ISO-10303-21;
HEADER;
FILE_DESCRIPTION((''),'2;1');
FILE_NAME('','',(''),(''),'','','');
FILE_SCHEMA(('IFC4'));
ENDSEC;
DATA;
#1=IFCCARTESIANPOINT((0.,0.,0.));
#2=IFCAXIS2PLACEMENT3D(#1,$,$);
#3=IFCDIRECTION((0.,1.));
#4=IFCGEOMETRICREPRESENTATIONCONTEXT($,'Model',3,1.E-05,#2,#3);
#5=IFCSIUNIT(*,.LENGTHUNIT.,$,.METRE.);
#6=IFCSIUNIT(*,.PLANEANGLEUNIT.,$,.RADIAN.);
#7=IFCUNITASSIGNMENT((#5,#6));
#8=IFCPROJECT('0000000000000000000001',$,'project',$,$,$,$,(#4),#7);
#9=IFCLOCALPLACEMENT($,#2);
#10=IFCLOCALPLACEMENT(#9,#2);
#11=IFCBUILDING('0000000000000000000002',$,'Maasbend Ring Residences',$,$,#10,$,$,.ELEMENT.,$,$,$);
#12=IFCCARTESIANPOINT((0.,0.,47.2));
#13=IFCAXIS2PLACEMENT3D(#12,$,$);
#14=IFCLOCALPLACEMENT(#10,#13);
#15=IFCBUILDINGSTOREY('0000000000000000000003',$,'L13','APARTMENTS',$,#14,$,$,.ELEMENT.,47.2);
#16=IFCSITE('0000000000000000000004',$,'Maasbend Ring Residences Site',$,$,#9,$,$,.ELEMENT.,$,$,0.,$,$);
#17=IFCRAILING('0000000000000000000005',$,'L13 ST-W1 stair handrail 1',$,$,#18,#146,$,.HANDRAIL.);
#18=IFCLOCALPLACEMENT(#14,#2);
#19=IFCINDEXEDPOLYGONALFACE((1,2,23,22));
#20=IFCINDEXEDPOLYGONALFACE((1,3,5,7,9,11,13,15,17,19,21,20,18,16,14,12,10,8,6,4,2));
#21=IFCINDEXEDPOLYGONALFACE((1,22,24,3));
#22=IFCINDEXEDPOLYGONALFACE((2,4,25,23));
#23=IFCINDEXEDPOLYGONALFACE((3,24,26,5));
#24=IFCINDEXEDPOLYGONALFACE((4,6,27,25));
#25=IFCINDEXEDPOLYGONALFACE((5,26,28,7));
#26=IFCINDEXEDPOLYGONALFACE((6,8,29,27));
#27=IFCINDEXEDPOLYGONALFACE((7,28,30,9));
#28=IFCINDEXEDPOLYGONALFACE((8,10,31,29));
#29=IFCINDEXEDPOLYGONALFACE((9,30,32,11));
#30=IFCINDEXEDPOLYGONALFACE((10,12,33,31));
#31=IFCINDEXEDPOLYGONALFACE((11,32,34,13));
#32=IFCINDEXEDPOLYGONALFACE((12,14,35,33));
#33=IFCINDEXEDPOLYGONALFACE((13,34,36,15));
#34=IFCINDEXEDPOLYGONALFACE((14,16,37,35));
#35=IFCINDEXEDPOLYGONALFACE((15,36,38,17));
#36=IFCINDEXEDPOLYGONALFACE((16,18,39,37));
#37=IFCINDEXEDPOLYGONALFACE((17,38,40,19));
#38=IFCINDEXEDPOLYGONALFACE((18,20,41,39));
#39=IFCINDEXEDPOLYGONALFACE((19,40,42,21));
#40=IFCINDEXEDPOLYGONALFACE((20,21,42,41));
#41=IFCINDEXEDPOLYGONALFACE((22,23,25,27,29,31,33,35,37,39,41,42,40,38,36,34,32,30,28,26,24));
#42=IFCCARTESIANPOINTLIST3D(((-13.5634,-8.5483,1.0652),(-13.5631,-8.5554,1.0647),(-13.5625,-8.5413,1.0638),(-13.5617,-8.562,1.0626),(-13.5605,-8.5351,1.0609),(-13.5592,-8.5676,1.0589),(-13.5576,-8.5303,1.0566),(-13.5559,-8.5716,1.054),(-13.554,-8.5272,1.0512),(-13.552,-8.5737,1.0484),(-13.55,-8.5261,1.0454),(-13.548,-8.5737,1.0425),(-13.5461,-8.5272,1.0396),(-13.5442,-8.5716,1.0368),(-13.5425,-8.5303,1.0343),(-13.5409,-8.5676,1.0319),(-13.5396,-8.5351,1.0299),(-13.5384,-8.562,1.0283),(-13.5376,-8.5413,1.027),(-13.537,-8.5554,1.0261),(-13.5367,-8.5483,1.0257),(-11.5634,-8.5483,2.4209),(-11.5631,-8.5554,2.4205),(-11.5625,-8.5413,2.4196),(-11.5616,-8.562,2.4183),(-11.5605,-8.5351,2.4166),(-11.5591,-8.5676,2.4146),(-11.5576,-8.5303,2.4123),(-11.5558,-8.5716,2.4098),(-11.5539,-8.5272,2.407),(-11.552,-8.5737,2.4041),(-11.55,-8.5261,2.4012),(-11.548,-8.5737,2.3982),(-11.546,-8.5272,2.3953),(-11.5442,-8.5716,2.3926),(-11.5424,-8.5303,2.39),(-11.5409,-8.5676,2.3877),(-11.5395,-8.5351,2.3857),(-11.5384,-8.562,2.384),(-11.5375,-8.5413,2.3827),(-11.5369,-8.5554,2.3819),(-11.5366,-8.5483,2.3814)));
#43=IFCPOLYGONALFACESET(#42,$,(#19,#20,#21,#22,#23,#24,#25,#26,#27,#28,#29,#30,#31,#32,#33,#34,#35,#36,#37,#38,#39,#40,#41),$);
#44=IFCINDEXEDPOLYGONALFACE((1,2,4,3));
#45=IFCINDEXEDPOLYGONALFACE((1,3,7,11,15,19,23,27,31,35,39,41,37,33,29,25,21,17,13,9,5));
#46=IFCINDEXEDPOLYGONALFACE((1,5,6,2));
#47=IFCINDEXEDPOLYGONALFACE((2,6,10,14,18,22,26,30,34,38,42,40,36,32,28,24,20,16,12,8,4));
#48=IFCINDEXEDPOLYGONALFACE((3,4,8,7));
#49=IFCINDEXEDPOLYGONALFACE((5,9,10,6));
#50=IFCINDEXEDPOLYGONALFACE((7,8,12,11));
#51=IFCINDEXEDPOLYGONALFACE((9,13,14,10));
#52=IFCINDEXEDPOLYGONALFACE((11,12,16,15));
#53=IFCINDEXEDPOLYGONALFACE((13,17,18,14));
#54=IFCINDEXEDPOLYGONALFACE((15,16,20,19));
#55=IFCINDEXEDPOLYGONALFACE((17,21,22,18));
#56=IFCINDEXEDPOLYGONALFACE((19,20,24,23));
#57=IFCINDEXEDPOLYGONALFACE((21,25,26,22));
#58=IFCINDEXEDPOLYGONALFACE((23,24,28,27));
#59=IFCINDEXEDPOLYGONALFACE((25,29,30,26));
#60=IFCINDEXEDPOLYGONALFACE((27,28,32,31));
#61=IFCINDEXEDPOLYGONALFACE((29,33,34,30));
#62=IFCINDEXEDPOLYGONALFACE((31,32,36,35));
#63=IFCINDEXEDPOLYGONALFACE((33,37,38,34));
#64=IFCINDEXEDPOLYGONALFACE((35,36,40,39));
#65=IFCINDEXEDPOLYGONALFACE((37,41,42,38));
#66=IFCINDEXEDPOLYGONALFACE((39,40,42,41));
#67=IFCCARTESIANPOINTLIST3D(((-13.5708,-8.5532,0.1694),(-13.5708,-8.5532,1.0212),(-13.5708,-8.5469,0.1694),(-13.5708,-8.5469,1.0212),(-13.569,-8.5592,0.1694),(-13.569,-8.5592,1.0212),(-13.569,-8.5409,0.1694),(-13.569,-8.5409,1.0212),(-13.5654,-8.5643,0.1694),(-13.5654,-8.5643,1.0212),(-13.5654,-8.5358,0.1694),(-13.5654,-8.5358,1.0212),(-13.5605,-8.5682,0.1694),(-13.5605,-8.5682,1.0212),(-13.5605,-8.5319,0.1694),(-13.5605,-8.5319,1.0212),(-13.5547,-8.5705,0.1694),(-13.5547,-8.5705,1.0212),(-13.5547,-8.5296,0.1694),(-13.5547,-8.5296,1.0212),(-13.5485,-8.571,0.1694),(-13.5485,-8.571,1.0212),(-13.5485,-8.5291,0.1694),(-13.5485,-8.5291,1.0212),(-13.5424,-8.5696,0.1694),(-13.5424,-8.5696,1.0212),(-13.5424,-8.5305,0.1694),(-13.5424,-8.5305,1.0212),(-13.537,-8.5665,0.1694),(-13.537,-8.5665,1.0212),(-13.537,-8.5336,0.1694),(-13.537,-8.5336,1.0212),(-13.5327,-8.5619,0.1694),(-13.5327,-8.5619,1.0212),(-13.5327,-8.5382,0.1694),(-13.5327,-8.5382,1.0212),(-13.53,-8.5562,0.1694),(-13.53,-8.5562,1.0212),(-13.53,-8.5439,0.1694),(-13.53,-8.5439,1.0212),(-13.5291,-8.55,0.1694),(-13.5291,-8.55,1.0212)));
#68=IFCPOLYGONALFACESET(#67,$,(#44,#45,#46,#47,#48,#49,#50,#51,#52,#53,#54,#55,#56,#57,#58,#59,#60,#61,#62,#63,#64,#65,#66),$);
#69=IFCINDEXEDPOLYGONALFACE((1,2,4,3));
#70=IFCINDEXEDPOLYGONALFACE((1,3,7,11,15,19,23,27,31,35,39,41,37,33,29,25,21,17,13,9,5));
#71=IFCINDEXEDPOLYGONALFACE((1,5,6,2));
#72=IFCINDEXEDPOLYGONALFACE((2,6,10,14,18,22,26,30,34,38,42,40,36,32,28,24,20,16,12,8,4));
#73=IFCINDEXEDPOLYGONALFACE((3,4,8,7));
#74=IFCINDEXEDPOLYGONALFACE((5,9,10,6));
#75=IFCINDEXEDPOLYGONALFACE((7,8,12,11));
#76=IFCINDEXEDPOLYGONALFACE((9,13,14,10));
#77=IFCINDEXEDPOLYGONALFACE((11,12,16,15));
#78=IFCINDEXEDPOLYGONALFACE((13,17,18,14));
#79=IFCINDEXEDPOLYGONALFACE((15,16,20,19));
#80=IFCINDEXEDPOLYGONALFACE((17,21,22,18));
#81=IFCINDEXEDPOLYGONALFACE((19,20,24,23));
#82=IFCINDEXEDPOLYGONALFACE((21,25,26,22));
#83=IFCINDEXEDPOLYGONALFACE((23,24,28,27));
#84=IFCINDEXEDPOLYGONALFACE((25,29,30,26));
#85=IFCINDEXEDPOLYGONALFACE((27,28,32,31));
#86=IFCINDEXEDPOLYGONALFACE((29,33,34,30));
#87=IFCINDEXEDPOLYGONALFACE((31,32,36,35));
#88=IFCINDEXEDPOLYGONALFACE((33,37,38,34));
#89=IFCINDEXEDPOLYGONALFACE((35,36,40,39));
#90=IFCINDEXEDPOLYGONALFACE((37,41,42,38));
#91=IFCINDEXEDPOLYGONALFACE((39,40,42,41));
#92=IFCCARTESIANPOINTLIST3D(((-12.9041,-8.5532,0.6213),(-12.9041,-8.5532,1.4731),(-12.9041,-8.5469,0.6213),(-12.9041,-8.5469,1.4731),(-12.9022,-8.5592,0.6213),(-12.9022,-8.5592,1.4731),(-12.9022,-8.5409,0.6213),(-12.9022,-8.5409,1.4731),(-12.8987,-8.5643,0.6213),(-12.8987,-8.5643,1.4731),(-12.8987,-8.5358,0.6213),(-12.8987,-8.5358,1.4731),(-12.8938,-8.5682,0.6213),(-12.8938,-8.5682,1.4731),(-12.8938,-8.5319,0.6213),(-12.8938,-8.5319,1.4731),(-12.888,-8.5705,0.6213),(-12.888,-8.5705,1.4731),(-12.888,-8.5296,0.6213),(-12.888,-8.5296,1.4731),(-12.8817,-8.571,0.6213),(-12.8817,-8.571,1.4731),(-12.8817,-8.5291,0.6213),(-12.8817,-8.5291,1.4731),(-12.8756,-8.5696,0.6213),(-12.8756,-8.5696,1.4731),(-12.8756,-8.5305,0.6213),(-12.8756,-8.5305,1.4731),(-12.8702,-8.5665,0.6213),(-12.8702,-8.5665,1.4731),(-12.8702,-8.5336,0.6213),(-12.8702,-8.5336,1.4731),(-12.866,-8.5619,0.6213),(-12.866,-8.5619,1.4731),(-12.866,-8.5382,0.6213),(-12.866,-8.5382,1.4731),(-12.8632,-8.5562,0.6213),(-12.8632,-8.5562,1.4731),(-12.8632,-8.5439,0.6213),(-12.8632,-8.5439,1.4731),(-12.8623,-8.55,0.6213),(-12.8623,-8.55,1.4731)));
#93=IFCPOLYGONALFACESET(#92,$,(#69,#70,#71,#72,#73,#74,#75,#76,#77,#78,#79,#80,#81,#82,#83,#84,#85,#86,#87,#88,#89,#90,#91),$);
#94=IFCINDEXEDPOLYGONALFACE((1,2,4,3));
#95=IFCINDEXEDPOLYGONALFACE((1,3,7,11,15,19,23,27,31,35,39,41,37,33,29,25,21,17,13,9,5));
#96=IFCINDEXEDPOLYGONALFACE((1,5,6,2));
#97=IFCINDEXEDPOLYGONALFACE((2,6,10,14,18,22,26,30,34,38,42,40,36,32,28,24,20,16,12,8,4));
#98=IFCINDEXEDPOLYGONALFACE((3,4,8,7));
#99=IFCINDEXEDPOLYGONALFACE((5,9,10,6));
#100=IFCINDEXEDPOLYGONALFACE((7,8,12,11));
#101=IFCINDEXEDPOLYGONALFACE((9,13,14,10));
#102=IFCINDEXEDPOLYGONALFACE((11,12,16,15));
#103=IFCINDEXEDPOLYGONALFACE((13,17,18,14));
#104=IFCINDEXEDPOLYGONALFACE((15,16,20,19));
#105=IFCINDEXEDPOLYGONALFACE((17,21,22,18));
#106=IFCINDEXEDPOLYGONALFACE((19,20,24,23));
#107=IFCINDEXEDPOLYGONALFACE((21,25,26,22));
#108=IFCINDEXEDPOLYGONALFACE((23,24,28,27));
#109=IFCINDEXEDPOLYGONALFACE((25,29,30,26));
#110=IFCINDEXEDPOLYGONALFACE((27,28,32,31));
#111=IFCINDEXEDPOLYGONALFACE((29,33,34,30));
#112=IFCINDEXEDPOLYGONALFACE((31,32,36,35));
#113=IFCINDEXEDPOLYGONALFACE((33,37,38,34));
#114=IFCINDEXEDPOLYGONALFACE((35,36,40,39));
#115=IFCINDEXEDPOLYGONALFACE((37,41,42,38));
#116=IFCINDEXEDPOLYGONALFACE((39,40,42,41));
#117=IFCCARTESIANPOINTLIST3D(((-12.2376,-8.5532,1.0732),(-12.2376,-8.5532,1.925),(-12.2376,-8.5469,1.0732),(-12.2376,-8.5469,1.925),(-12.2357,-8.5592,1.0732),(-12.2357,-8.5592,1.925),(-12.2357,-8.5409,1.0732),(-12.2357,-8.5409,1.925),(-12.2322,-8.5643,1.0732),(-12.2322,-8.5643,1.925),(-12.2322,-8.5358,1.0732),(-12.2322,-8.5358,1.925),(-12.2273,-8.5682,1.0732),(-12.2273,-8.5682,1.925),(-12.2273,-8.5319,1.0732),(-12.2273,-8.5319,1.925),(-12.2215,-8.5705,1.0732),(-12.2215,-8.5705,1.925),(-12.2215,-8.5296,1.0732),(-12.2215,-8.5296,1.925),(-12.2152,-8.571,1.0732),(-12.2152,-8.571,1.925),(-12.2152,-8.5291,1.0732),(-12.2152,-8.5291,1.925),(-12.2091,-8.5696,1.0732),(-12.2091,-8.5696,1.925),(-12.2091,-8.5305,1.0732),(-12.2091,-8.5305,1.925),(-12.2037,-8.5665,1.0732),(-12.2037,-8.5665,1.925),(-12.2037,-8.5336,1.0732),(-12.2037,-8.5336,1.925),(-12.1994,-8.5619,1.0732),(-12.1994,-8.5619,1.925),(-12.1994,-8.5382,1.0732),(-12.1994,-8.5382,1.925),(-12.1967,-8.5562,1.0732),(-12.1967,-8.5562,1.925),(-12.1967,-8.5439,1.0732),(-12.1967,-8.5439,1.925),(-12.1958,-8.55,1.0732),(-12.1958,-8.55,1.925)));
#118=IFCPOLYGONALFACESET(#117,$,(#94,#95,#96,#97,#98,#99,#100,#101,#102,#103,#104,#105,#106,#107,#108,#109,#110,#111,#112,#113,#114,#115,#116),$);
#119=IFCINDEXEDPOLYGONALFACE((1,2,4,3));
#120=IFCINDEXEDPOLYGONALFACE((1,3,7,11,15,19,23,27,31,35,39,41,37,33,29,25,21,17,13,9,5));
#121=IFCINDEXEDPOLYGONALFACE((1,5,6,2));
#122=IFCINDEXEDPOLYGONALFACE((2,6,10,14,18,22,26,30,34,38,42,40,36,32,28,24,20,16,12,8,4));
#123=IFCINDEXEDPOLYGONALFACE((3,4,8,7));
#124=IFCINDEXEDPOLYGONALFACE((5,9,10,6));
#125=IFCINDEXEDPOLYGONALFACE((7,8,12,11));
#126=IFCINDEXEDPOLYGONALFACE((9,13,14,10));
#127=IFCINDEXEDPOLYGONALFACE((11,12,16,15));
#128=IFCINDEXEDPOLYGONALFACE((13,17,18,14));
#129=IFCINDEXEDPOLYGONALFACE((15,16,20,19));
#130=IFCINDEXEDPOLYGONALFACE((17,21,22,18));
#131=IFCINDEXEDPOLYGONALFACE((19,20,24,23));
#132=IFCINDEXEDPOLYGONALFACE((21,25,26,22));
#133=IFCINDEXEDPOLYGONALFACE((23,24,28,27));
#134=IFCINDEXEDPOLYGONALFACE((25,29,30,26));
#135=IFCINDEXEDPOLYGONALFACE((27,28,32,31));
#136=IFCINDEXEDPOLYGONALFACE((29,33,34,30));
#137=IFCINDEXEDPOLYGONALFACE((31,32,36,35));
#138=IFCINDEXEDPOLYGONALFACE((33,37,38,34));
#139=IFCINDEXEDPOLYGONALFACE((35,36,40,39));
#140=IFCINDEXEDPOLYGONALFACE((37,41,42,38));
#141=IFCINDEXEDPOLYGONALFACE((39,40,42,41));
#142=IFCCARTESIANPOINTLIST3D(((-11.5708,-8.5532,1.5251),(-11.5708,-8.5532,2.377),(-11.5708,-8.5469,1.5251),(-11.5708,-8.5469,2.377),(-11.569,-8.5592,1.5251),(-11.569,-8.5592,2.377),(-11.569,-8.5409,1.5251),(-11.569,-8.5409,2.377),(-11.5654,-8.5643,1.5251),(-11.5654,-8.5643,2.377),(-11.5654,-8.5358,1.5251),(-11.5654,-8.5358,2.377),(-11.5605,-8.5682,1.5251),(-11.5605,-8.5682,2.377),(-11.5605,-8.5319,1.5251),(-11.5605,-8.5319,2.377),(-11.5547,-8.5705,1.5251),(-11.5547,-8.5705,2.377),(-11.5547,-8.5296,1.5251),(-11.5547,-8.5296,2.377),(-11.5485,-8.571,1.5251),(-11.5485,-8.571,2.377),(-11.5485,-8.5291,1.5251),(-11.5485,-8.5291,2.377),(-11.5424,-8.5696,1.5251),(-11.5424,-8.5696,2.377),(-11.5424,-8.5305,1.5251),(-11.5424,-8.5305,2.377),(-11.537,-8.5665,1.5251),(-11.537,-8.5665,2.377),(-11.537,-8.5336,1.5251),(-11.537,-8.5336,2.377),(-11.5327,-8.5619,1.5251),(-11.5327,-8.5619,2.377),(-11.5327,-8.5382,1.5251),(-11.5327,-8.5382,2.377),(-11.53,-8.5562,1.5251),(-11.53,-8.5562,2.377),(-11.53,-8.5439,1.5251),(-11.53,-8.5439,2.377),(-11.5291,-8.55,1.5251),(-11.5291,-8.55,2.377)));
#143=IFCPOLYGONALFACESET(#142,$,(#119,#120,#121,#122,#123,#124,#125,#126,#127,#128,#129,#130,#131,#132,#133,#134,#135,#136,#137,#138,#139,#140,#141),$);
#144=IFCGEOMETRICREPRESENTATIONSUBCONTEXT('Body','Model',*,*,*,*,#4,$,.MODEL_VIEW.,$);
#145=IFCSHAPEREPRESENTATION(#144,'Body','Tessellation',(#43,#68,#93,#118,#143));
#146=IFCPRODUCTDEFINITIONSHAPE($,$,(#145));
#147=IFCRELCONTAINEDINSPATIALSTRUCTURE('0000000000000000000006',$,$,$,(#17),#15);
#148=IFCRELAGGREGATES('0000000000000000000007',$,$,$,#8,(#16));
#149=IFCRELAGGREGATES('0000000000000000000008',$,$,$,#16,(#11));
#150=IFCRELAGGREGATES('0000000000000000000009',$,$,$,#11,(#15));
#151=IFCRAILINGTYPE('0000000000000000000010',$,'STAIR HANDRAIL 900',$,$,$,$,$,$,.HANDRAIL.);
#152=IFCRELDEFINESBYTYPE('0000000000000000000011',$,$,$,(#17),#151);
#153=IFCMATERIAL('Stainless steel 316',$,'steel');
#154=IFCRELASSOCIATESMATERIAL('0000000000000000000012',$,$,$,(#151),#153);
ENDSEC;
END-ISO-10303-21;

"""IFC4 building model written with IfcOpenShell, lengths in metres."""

from ifc_helpers import new_model, si_unit, direction, frame, origin, origin_2d, place, context, subcontext, project, spatial, circle, extrude, material, type_object, element, save


model = new_model("IFC4")

# Units and contexts
model_context = context("Model", 3, precision=1e-05, world=origin(), true_north=direction((0.0, 1.0)))
body_context = subcontext(model_context, "Body", "Model", "MODEL_VIEW")
ifc_project = project(units=[si_unit("LENGTHUNIT", "METRE"), si_unit("PLANEANGLEUNIT", "RADIAN")], contexts=[model_context])

# Site, building, storey
site_placement = place(None, origin())
site = spatial("IfcSite", under=ifc_project, at=site_placement, Name="Maasbend Ring Residences Site", CompositionType="ELEMENT", RefElevation=0.0)
building_placement = place(site_placement, origin())
building = spatial("IfcBuilding", under=site, at=building_placement, Name="Maasbend Ring Residences", CompositionType="ELEMENT")
storey_placement = place(building_placement, frame((0.0, 0.0, 47.2)))
storey = spatial("IfcBuildingStorey", under=building, at=storey_placement, Name="L13", Description="APARTMENTS", CompositionType="ELEMENT", Elevation=47.2)

# Railing
ifc_material_1 = material(Name="Stainless steel 316", Category="steel")
railing_type_1 = type_object("IfcRailingType", Name="STAIR HANDRAIL 900", PredefinedType="HANDRAIL", material=ifc_material_1)
railing_1_placement = place(storey_placement, frame((-13.55, -8.55, 0.1694)))
element("IfcRailing", 1, at=railing_1_placement, inside=storey, type_object=railing_type_1, Name="L13 ST-W1 stair handrail 1", PredefinedType="HANDRAIL", context=body_context, shape_type="SweptSolid", body=[
    extrude(circle(Radius=0.0239, at=origin_2d()), frame((0.0, 0.0, 0.876), z_axis=(0.827751, 0.0, 0.561096), x_axis=(0.0, 1.0, 0.0)), (0.0, 0.0, 1.0), 2.4163),
    extrude(circle(Radius=0.021, at=origin_2d()), origin(), (0.0, 0.0, 1.0), 0.8518),
    extrude(circle(Radius=0.021, at=origin_2d()), frame((0.6667, 0.0, 0.4519)), (0.0, 0.0, 1.0), 0.8518),
    extrude(circle(Radius=0.021, at=origin_2d()), frame((1.3333, 0.0, 0.9038)), (0.0, 0.0, 1.0), 0.8518),
    extrude(circle(Radius=0.021, at=origin_2d()), frame((2.0, 0.0, 1.3557)), (0.0, 0.0, 1.0), 0.8518),
])

save(model, "model.ifc")
